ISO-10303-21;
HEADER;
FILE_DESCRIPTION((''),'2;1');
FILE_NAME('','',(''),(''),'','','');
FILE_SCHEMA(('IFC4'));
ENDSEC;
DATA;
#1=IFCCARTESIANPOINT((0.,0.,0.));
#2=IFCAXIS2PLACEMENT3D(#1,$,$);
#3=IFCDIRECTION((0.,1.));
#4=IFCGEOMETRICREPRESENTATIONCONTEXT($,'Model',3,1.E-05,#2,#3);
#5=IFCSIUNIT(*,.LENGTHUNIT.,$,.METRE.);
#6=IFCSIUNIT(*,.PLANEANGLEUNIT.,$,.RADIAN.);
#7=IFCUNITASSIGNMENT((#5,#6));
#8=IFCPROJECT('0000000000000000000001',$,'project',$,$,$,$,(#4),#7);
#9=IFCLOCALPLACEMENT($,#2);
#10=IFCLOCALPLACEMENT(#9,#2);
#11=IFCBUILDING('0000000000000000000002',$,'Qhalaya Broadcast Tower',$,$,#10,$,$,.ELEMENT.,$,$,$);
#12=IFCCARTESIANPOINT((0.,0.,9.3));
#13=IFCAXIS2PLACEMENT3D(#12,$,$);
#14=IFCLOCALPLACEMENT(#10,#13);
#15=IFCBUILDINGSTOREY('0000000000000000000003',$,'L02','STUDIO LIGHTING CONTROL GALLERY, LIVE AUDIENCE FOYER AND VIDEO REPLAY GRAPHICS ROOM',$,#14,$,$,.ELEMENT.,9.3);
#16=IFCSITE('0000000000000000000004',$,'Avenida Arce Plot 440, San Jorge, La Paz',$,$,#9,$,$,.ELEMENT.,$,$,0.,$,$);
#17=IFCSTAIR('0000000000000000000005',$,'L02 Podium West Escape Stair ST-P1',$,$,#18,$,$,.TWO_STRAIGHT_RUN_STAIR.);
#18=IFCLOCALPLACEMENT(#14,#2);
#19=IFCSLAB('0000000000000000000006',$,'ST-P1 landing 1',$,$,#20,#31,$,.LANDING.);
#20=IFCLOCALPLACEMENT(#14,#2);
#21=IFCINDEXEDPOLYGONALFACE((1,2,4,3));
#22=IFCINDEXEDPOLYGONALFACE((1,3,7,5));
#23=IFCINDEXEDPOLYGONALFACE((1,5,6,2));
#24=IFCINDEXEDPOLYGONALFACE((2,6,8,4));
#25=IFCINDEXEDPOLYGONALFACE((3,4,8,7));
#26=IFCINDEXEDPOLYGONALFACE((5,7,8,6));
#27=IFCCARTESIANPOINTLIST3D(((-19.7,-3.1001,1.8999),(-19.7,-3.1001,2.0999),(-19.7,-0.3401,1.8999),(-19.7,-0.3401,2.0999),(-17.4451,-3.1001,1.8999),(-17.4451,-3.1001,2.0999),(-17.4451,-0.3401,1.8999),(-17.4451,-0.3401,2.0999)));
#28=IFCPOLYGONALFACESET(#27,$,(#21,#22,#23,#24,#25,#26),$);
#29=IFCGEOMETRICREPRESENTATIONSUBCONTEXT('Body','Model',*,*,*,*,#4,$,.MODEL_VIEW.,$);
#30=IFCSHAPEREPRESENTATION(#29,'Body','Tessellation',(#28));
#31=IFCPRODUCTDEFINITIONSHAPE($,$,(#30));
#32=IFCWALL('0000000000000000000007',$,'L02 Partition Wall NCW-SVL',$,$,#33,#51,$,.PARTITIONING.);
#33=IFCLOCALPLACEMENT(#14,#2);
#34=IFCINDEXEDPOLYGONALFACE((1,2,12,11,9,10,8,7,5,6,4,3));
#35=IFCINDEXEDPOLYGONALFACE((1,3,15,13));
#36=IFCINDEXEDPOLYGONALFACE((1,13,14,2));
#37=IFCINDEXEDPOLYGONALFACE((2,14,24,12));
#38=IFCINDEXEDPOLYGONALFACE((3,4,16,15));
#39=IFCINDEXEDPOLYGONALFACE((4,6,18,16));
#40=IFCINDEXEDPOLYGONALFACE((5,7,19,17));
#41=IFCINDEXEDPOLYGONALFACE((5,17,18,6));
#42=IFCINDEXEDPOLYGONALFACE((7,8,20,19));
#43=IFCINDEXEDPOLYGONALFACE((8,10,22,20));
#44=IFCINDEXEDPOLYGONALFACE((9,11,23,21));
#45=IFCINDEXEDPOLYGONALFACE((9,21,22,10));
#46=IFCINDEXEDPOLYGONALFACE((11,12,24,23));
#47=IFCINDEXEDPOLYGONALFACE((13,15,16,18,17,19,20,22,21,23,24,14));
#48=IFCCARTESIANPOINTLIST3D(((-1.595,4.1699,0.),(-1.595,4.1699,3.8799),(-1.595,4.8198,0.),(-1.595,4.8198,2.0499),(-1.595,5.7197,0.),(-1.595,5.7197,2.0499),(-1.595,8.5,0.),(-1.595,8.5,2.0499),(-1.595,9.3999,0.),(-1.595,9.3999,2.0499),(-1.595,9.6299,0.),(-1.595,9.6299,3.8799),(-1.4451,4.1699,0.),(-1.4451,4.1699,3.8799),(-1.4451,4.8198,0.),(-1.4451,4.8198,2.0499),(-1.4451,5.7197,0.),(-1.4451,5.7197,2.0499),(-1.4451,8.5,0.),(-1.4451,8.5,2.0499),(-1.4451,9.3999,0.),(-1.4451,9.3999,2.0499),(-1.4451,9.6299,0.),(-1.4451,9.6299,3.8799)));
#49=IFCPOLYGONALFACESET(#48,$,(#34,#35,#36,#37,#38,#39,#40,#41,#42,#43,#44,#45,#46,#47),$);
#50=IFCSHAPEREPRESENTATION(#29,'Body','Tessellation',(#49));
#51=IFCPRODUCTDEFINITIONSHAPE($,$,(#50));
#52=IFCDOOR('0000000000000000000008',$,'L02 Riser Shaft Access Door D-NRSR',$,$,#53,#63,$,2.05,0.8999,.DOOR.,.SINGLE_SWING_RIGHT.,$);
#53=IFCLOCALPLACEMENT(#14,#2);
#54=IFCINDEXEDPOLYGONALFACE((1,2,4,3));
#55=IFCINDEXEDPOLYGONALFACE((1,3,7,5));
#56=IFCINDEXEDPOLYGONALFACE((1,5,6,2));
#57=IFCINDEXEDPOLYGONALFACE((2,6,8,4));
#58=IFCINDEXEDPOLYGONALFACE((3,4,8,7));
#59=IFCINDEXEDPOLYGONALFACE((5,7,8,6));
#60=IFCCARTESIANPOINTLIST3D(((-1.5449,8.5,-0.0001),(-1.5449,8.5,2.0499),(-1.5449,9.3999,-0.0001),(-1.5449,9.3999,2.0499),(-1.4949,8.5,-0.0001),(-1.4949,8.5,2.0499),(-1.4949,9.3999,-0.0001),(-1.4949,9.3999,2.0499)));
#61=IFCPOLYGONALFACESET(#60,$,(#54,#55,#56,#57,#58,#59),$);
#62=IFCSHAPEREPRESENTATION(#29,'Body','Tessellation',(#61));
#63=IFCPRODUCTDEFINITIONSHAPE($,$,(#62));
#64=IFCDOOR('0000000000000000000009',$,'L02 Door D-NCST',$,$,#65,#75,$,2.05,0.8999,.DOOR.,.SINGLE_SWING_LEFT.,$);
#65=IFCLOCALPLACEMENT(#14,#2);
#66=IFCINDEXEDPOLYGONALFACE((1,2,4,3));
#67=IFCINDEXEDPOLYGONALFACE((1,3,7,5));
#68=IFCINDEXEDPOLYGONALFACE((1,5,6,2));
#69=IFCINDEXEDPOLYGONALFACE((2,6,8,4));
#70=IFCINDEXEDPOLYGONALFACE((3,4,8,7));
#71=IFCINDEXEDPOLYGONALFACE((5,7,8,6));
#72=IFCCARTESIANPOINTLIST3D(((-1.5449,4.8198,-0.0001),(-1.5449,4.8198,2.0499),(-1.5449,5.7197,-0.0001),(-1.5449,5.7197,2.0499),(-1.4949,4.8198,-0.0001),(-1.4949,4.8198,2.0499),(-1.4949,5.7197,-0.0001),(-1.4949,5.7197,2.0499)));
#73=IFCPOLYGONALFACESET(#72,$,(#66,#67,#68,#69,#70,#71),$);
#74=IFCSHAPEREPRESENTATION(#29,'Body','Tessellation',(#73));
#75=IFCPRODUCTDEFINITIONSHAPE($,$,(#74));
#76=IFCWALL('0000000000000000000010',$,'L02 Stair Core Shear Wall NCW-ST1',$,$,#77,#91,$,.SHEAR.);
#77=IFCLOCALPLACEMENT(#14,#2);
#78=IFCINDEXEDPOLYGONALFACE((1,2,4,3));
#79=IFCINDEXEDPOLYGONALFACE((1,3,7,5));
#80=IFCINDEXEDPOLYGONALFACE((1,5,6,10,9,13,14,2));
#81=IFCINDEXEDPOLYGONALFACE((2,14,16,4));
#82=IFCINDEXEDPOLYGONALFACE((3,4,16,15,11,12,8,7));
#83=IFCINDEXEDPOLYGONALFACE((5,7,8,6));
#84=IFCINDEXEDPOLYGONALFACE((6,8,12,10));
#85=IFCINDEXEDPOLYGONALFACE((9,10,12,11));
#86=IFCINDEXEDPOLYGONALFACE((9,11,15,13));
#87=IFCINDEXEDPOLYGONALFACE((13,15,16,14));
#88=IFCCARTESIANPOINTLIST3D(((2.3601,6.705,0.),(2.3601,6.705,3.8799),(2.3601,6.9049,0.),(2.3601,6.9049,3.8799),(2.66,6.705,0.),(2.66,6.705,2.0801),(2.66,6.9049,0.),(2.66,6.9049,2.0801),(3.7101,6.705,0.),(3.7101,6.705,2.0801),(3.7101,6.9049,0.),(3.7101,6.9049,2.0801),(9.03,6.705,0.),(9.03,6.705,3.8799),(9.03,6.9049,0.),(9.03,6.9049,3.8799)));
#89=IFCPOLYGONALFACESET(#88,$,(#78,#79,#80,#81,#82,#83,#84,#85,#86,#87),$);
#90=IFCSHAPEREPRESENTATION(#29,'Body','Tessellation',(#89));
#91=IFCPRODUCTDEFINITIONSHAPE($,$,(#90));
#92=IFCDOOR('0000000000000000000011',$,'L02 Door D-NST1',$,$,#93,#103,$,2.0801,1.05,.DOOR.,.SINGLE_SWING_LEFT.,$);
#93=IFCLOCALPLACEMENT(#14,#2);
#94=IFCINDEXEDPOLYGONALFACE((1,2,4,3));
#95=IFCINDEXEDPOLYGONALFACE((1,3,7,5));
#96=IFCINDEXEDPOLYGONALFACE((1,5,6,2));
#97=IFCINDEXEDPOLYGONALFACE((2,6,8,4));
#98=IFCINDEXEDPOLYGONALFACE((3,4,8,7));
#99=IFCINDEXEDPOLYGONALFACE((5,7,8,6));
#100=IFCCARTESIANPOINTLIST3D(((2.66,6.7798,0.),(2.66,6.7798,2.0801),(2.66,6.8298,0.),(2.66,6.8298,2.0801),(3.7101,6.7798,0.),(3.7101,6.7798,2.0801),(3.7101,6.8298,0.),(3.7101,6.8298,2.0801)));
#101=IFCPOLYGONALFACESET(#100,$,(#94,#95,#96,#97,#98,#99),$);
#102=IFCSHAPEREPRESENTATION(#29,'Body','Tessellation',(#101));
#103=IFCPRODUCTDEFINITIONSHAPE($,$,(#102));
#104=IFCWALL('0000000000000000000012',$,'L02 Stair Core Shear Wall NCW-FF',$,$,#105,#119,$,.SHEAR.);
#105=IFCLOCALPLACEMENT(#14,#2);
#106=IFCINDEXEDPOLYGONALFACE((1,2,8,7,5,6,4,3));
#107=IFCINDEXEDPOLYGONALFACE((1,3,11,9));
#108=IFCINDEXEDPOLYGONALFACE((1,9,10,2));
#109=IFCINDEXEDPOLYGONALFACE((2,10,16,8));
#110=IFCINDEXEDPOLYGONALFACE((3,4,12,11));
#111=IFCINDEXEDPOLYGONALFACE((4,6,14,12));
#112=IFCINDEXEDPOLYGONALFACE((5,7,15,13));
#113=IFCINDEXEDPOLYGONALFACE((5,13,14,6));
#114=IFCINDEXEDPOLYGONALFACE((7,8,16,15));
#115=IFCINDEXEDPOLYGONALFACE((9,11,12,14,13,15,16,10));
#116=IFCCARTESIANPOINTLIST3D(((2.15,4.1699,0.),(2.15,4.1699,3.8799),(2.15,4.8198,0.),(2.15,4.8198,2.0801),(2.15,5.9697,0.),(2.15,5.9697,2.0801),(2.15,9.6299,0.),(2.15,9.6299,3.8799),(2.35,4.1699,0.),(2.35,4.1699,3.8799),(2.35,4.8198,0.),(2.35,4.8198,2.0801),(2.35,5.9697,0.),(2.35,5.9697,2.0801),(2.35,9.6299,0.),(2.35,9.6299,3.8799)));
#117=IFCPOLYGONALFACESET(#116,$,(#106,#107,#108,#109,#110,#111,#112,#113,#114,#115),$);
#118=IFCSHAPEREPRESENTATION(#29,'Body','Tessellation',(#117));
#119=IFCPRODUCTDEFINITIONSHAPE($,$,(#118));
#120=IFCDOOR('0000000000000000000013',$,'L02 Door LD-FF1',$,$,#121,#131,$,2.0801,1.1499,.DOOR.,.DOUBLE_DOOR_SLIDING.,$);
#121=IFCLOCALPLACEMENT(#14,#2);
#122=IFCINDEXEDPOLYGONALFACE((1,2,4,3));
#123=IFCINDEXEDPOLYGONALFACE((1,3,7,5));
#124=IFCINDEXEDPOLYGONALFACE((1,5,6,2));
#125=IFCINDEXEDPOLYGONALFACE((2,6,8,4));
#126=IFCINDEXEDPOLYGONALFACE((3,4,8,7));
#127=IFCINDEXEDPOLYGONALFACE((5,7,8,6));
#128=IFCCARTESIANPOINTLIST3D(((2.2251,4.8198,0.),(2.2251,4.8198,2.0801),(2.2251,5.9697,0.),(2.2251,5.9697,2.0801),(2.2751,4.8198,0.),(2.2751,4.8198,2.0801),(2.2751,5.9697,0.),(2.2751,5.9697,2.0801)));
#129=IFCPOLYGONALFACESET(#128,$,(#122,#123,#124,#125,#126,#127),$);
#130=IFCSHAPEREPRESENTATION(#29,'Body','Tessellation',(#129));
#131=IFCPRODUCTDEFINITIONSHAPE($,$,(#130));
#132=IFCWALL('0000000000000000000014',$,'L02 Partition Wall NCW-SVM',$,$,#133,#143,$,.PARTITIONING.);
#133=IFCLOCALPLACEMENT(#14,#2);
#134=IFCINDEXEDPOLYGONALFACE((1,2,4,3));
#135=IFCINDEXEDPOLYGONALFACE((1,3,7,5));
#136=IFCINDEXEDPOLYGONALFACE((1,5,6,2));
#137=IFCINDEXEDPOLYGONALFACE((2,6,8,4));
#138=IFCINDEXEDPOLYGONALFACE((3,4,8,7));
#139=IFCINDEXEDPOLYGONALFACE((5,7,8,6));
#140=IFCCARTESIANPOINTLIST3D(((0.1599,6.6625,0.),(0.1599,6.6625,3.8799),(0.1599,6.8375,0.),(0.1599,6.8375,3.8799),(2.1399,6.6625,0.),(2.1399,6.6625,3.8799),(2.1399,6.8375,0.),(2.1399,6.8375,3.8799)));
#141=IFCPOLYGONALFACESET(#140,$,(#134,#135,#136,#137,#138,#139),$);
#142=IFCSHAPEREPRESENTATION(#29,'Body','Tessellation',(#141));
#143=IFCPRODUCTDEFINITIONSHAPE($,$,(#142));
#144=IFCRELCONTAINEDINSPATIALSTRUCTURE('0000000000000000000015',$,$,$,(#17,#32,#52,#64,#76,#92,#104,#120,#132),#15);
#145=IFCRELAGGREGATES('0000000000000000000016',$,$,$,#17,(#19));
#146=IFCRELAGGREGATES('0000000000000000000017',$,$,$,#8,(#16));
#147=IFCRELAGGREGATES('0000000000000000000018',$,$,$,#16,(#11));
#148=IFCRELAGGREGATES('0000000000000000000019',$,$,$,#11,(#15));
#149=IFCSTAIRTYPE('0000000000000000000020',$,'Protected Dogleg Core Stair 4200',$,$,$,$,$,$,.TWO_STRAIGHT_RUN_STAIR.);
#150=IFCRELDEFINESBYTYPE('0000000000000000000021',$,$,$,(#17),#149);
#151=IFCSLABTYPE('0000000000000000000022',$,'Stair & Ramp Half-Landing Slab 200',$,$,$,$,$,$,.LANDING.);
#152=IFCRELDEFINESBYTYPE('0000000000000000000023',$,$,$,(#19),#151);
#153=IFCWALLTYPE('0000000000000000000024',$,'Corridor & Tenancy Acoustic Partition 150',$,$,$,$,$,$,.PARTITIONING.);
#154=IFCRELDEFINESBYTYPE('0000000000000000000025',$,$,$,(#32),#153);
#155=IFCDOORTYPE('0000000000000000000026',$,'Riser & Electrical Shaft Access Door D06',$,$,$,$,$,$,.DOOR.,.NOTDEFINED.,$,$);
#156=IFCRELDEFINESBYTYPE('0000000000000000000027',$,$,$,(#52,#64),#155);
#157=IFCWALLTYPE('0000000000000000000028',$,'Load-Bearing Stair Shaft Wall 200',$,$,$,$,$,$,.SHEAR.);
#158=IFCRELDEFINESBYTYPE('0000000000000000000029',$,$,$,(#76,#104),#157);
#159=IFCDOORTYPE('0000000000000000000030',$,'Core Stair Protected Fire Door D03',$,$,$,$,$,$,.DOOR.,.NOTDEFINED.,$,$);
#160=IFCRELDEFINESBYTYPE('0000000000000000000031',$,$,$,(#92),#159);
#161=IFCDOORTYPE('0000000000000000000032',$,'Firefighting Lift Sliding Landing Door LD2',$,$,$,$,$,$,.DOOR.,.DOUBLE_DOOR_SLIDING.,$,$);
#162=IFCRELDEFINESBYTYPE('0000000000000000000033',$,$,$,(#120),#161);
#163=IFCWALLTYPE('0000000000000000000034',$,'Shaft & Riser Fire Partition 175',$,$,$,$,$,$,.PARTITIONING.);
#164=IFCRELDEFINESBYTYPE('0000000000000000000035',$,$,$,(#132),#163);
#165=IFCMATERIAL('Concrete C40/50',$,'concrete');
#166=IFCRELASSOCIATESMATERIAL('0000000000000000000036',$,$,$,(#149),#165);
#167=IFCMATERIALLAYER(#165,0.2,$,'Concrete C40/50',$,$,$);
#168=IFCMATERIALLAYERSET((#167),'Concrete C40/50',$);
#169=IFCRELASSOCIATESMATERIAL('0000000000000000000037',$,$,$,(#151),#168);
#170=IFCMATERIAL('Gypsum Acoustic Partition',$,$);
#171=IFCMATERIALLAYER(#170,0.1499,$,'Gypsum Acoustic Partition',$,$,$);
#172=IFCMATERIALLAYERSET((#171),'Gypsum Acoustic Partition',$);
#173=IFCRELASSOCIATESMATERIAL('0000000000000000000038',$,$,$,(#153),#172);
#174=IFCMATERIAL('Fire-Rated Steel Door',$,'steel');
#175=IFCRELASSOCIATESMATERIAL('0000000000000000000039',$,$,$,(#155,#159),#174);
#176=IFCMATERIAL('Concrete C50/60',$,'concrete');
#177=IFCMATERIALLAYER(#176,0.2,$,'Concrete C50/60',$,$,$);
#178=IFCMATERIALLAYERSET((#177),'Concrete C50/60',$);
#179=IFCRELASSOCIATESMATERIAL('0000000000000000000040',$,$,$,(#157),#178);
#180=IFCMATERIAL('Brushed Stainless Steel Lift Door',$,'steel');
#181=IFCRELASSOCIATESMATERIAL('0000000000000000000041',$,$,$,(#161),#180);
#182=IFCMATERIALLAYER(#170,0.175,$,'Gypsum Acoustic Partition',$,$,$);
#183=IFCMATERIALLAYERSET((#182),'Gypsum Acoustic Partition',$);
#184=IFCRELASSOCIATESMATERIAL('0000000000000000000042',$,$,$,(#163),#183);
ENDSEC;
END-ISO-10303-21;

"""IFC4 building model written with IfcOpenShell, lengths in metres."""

from ifc_helpers import new_model, si_unit, direction, frame, frame_2d, origin, place, context, subcontext, project, spatial, polyline, rectangle, outline, extrude, material, layer, layer_set, type_object, element, fill, aggregate, save


model = new_model("IFC4")

# Units and contexts
model_context = context("Model", 3, precision=1e-05, world=origin(), true_north=direction((0.0, 1.0)))
body_context = subcontext(model_context, "Body", "Model", "MODEL_VIEW")
ifc_project = project(units=[si_unit("LENGTHUNIT", "METRE"), si_unit("PLANEANGLEUNIT", "RADIAN")], contexts=[model_context])

# Site, building, storey
site_placement = place(None, origin())
site = spatial("IfcSite", under=ifc_project, at=site_placement, Name="Avenida Arce Plot 440, San Jorge, La Paz", CompositionType="ELEMENT", RefElevation=0.0)
building_placement = place(site_placement, origin())
building = spatial("IfcBuilding", under=site, at=building_placement, Name="Qhalaya Broadcast Tower", CompositionType="ELEMENT")
storey_placement = place(building_placement, frame((0.0, 0.0, 9.3)))
storey = spatial("IfcBuildingStorey", under=building, at=storey_placement, Name="L02", Description="STUDIO LIGHTING CONTROL GALLERY, LIVE AUDIENCE FOYER AND VIDEO REPLAY GRAPHICS ROOM", CompositionType="ELEMENT", Elevation=9.3)

# Shared definitions
ifc_material_1 = material(Name="Concrete C50/60", Category="concrete")

# Shared definitions
ifc_material_2 = material(Name="Concrete C40/50", Category="concrete")

# Stair, slab
stair_type = type_object("IfcStairType", Name="Protected Dogleg Core Stair 4200", PredefinedType="TWO_STRAIGHT_RUN_STAIR", material=ifc_material_2)
ifc_layer_1 = layer(ifc_material_2, 0.2, Name="Concrete C40/50")
ifc_layer_set_1 = layer_set([ifc_layer_1], Name="Concrete C40/50")
slab_type_1 = type_object("IfcSlabType", Name="Stair & Ramp Half-Landing Slab 200", PredefinedType="LANDING", material=ifc_layer_set_1)
stair_1_placement = place(storey_placement, origin())
stair_1 = element("IfcStair", 1, at=stair_1_placement, inside=storey, type_object=stair_type, Name="L02 Podium West Escape Stair ST-P1", PredefinedType="TWO_STRAIGHT_RUN_STAIR")
slab_1_placement = place(storey_placement, frame((0.0, 0.0, 1.8999)))
slab_1 = element("IfcSlab", 2, at=slab_1_placement, type_object=slab_type_1, Name="ST-P1 landing 1", PredefinedType="LANDING", context=body_context, shape_type="SweptSolid", body=[
    extrude(outline(polyline([(-17.4451, -0.3401), (-19.7, -0.3401), (-19.7, -3.1001), (-17.4451, -3.1001), (-17.4451, -0.3401)])), origin(), (0.0, 0.0, 1.0), 0.2),
])
aggregate(stair_1, [slab_1])

# Wall, openings, doors
ifc_material_3 = material(Name="Gypsum Acoustic Partition")
ifc_layer_2 = layer(ifc_material_3, 0.1499, Name="Gypsum Acoustic Partition")
ifc_layer_set_2 = layer_set([ifc_layer_2], Name="Gypsum Acoustic Partition")
wall_type_1 = type_object("IfcWallType", Name="Corridor & Tenancy Acoustic Partition 150", PredefinedType="PARTITIONING", material=ifc_layer_set_2)
wall_1_placement = place(storey_placement, frame((-1.52, 4.1699, 0.0), z_axis=(0.0, 0.0, 1.0), x_axis=(0.0, 1.0, 0.0)))
wall_1 = element("IfcWall", 3, at=wall_1_placement, inside=storey, type_object=wall_type_1, Name="L02 Partition Wall NCW-SVL", PredefinedType="PARTITIONING", context=body_context, shape_type="SweptSolid", body=[
    extrude(rectangle(XDim=5.46, YDim=0.1499, at=frame_2d((2.73, 0.0))), origin(), (0.0, 0.0, 1.0), 3.8799),
])
opening_1_placement = place(wall_1_placement, frame((4.3301, 0.0, 0.0)))
opening_1 = element("IfcOpeningElement", 4, at=opening_1_placement, cuts=wall_1, PredefinedType="OPENING", context=body_context, shape_type="SweptSolid", body=[
    extrude(rectangle(XDim=0.8999, YDim=2.05, at=frame_2d((0.45, 1.0249))), frame((0.0, 0.0869, 0.0), z_axis=(0.0, -1.0, 0.0), x_axis=(1.0, 0.0, 0.0)), (0.0, 0.0, 1.0), 0.1738),
])
opening_2_placement = place(wall_1_placement, frame((0.6499, 0.0, 0.0)))
opening_2 = element("IfcOpeningElement", 5, at=opening_2_placement, cuts=wall_1, PredefinedType="OPENING", context=body_context, shape_type="SweptSolid", body=[
    extrude(rectangle(XDim=0.8999, YDim=2.05, at=frame_2d((0.45, 1.0249))), frame((0.0, 0.0869, 0.0), z_axis=(0.0, -1.0, 0.0), x_axis=(1.0, 0.0, 0.0)), (0.0, 0.0, 1.0), 0.1738),
])
ifc_material_4 = material(Name="Fire-Rated Steel Door", Category="steel")
door_type_1 = type_object("IfcDoorType", Name="Riser & Electrical Shaft Access Door D06", OperationType="NOTDEFINED", PredefinedType="DOOR", material=ifc_material_4)
door_1_placement = place(opening_1_placement, origin())
door_1 = element("IfcDoor", 6, at=door_1_placement, inside=storey, type_object=door_type_1, Name="L02 Riser Shaft Access Door D-NRSR", OperationType="SINGLE_SWING_RIGHT", OverallHeight=2.05, OverallWidth=0.8999, PredefinedType="DOOR", context=body_context, shape_type="SweptSolid", body=[
    extrude(rectangle(XDim=0.8999, YDim=2.05, at=frame_2d((0.45, 1.0249))), frame((0.0, 0.0249, 0.0), z_axis=(0.0, -1.0, 0.0), x_axis=(1.0, 0.0, 0.0)), (0.0, 0.0, 1.0), 0.05),
])
fill(opening_1, door_1)
door_2_placement = place(opening_2_placement, origin())
door_2 = element("IfcDoor", 7, at=door_2_placement, inside=storey, type_object=door_type_1, Name="L02 Door D-NCST", OperationType="SINGLE_SWING_LEFT", OverallHeight=2.05, OverallWidth=0.8999, PredefinedType="DOOR", context=body_context, shape_type="SweptSolid", body=[
    extrude(rectangle(XDim=0.8999, YDim=2.05, at=frame_2d((0.45, 1.0249))), frame((0.0, 0.0249, 0.0), z_axis=(0.0, -1.0, 0.0), x_axis=(1.0, 0.0, 0.0)), (0.0, 0.0, 1.0), 0.05),
])
fill(opening_2, door_2)

# Walls, openings, doors
ifc_layer_3 = layer(ifc_material_1, 0.2, Name="Concrete C50/60")
ifc_layer_set_3 = layer_set([ifc_layer_3], Name="Concrete C50/60")
wall_type_2 = type_object("IfcWallType", Name="Load-Bearing Stair Shaft Wall 200", PredefinedType="SHEAR", material=ifc_layer_set_3)
wall_2_placement = place(storey_placement, frame((2.3601, 6.8049, 0.0), z_axis=(0.0, 0.0, 1.0), x_axis=(1.0, 0.0, 0.0)))
wall_2 = element("IfcWall", 8, at=wall_2_placement, inside=storey, type_object=wall_type_2, Name="L02 Stair Core Shear Wall NCW-ST1", PredefinedType="SHEAR", context=body_context, shape_type="SweptSolid", body=[
    extrude(rectangle(XDim=6.6699, YDim=0.2, at=frame_2d((3.335, 0.0))), origin(), (0.0, 0.0, 1.0), 3.8799),
])
opening_3_placement = place(wall_2_placement, frame((0.3, 0.0, 0.0)))
opening_3 = element("IfcOpeningElement", 9, at=opening_3_placement, cuts=wall_2, PredefinedType="OPENING", context=body_context, shape_type="SweptSolid", body=[
    extrude(rectangle(XDim=1.05, YDim=2.0801, at=frame_2d((0.5249, 1.04))), frame((0.0, 0.1121, 0.0), z_axis=(0.0, -1.0, 0.0), x_axis=(1.0, 0.0, 0.0)), (0.0, 0.0, 1.0), 0.2239),
])
door_type_2 = type_object("IfcDoorType", Name="Core Stair Protected Fire Door D03", OperationType="NOTDEFINED", PredefinedType="DOOR", material=ifc_material_4)
door_3_placement = place(opening_3_placement, origin())
door_3 = element("IfcDoor", 10, at=door_3_placement, inside=storey, type_object=door_type_2, Name="L02 Door D-NST1", OperationType="SINGLE_SWING_LEFT", OverallHeight=2.0801, OverallWidth=1.05, PredefinedType="DOOR", context=body_context, shape_type="SweptSolid", body=[
    extrude(rectangle(XDim=1.05, YDim=2.0801, at=frame_2d((0.5249, 1.04))), frame((0.0, 0.0249, 0.0), z_axis=(0.0, -1.0, 0.0), x_axis=(1.0, 0.0, 0.0)), (0.0, 0.0, 1.0), 0.05),
])
fill(opening_3, door_3)
wall_3_placement = place(storey_placement, frame((2.25, 4.1699, 0.0), z_axis=(0.0, 0.0, 1.0), x_axis=(0.0, 1.0, 0.0)))
wall_3 = element("IfcWall", 11, at=wall_3_placement, inside=storey, type_object=wall_type_2, Name="L02 Stair Core Shear Wall NCW-FF", PredefinedType="SHEAR", context=body_context, shape_type="SweptSolid", body=[
    extrude(rectangle(XDim=5.46, YDim=0.2, at=frame_2d((2.73, 0.0))), origin(), (0.0, 0.0, 1.0), 3.8799),
])
opening_4_placement = place(wall_3_placement, frame((0.6499, 0.0, 0.0)))
opening_4 = element("IfcOpeningElement", 12, at=opening_4_placement, cuts=wall_3, PredefinedType="OPENING", context=body_context, shape_type="SweptSolid", body=[
    extrude(rectangle(XDim=1.1499, YDim=2.0801, at=frame_2d((0.575, 1.04))), frame((0.0, 0.1121, 0.0), z_axis=(0.0, -1.0, 0.0), x_axis=(1.0, 0.0, 0.0)), (0.0, 0.0, 1.0), 0.2239),
])
ifc_material_5 = material(Name="Brushed Stainless Steel Lift Door", Category="steel")
door_type_3 = type_object("IfcDoorType", Name="Firefighting Lift Sliding Landing Door LD2", OperationType="DOUBLE_DOOR_SLIDING", PredefinedType="DOOR", material=ifc_material_5)
door_4_placement = place(opening_4_placement, origin())
door_4 = element("IfcDoor", 13, at=door_4_placement, inside=storey, type_object=door_type_3, Name="L02 Door LD-FF1", OperationType="DOUBLE_DOOR_SLIDING", OverallHeight=2.0801, OverallWidth=1.1499, PredefinedType="DOOR", context=body_context, shape_type="SweptSolid", body=[
    extrude(rectangle(XDim=1.1499, YDim=2.0801, at=frame_2d((0.575, 1.04))), frame((0.0, 0.0249, 0.0), z_axis=(0.0, -1.0, 0.0), x_axis=(1.0, 0.0, 0.0)), (0.0, 0.0, 1.0), 0.05),
])
fill(opening_4, door_4)
ifc_layer_4 = layer(ifc_material_3, 0.175, Name="Gypsum Acoustic Partition")
ifc_layer_set_4 = layer_set([ifc_layer_4], Name="Gypsum Acoustic Partition")
wall_type_3 = type_object("IfcWallType", Name="Shaft & Riser Fire Partition 175", PredefinedType="PARTITIONING", material=ifc_layer_set_4)

# Wall
wall_4_placement = place(storey_placement, frame((0.1599, 6.75, 0.0), z_axis=(0.0, 0.0, 1.0), x_axis=(1.0, 0.0, 0.0)))
element("IfcWall", 14, at=wall_4_placement, inside=storey, type_object=wall_type_3, Name="L02 Partition Wall NCW-SVM", PredefinedType="PARTITIONING", context=body_context, shape_type="SweptSolid", body=[
    extrude(rectangle(XDim=1.98, YDim=0.175, at=frame_2d((0.99, 0.0))), origin(), (0.0, 0.0, 1.0), 3.8799),
])

save(model, "model.ifc")
